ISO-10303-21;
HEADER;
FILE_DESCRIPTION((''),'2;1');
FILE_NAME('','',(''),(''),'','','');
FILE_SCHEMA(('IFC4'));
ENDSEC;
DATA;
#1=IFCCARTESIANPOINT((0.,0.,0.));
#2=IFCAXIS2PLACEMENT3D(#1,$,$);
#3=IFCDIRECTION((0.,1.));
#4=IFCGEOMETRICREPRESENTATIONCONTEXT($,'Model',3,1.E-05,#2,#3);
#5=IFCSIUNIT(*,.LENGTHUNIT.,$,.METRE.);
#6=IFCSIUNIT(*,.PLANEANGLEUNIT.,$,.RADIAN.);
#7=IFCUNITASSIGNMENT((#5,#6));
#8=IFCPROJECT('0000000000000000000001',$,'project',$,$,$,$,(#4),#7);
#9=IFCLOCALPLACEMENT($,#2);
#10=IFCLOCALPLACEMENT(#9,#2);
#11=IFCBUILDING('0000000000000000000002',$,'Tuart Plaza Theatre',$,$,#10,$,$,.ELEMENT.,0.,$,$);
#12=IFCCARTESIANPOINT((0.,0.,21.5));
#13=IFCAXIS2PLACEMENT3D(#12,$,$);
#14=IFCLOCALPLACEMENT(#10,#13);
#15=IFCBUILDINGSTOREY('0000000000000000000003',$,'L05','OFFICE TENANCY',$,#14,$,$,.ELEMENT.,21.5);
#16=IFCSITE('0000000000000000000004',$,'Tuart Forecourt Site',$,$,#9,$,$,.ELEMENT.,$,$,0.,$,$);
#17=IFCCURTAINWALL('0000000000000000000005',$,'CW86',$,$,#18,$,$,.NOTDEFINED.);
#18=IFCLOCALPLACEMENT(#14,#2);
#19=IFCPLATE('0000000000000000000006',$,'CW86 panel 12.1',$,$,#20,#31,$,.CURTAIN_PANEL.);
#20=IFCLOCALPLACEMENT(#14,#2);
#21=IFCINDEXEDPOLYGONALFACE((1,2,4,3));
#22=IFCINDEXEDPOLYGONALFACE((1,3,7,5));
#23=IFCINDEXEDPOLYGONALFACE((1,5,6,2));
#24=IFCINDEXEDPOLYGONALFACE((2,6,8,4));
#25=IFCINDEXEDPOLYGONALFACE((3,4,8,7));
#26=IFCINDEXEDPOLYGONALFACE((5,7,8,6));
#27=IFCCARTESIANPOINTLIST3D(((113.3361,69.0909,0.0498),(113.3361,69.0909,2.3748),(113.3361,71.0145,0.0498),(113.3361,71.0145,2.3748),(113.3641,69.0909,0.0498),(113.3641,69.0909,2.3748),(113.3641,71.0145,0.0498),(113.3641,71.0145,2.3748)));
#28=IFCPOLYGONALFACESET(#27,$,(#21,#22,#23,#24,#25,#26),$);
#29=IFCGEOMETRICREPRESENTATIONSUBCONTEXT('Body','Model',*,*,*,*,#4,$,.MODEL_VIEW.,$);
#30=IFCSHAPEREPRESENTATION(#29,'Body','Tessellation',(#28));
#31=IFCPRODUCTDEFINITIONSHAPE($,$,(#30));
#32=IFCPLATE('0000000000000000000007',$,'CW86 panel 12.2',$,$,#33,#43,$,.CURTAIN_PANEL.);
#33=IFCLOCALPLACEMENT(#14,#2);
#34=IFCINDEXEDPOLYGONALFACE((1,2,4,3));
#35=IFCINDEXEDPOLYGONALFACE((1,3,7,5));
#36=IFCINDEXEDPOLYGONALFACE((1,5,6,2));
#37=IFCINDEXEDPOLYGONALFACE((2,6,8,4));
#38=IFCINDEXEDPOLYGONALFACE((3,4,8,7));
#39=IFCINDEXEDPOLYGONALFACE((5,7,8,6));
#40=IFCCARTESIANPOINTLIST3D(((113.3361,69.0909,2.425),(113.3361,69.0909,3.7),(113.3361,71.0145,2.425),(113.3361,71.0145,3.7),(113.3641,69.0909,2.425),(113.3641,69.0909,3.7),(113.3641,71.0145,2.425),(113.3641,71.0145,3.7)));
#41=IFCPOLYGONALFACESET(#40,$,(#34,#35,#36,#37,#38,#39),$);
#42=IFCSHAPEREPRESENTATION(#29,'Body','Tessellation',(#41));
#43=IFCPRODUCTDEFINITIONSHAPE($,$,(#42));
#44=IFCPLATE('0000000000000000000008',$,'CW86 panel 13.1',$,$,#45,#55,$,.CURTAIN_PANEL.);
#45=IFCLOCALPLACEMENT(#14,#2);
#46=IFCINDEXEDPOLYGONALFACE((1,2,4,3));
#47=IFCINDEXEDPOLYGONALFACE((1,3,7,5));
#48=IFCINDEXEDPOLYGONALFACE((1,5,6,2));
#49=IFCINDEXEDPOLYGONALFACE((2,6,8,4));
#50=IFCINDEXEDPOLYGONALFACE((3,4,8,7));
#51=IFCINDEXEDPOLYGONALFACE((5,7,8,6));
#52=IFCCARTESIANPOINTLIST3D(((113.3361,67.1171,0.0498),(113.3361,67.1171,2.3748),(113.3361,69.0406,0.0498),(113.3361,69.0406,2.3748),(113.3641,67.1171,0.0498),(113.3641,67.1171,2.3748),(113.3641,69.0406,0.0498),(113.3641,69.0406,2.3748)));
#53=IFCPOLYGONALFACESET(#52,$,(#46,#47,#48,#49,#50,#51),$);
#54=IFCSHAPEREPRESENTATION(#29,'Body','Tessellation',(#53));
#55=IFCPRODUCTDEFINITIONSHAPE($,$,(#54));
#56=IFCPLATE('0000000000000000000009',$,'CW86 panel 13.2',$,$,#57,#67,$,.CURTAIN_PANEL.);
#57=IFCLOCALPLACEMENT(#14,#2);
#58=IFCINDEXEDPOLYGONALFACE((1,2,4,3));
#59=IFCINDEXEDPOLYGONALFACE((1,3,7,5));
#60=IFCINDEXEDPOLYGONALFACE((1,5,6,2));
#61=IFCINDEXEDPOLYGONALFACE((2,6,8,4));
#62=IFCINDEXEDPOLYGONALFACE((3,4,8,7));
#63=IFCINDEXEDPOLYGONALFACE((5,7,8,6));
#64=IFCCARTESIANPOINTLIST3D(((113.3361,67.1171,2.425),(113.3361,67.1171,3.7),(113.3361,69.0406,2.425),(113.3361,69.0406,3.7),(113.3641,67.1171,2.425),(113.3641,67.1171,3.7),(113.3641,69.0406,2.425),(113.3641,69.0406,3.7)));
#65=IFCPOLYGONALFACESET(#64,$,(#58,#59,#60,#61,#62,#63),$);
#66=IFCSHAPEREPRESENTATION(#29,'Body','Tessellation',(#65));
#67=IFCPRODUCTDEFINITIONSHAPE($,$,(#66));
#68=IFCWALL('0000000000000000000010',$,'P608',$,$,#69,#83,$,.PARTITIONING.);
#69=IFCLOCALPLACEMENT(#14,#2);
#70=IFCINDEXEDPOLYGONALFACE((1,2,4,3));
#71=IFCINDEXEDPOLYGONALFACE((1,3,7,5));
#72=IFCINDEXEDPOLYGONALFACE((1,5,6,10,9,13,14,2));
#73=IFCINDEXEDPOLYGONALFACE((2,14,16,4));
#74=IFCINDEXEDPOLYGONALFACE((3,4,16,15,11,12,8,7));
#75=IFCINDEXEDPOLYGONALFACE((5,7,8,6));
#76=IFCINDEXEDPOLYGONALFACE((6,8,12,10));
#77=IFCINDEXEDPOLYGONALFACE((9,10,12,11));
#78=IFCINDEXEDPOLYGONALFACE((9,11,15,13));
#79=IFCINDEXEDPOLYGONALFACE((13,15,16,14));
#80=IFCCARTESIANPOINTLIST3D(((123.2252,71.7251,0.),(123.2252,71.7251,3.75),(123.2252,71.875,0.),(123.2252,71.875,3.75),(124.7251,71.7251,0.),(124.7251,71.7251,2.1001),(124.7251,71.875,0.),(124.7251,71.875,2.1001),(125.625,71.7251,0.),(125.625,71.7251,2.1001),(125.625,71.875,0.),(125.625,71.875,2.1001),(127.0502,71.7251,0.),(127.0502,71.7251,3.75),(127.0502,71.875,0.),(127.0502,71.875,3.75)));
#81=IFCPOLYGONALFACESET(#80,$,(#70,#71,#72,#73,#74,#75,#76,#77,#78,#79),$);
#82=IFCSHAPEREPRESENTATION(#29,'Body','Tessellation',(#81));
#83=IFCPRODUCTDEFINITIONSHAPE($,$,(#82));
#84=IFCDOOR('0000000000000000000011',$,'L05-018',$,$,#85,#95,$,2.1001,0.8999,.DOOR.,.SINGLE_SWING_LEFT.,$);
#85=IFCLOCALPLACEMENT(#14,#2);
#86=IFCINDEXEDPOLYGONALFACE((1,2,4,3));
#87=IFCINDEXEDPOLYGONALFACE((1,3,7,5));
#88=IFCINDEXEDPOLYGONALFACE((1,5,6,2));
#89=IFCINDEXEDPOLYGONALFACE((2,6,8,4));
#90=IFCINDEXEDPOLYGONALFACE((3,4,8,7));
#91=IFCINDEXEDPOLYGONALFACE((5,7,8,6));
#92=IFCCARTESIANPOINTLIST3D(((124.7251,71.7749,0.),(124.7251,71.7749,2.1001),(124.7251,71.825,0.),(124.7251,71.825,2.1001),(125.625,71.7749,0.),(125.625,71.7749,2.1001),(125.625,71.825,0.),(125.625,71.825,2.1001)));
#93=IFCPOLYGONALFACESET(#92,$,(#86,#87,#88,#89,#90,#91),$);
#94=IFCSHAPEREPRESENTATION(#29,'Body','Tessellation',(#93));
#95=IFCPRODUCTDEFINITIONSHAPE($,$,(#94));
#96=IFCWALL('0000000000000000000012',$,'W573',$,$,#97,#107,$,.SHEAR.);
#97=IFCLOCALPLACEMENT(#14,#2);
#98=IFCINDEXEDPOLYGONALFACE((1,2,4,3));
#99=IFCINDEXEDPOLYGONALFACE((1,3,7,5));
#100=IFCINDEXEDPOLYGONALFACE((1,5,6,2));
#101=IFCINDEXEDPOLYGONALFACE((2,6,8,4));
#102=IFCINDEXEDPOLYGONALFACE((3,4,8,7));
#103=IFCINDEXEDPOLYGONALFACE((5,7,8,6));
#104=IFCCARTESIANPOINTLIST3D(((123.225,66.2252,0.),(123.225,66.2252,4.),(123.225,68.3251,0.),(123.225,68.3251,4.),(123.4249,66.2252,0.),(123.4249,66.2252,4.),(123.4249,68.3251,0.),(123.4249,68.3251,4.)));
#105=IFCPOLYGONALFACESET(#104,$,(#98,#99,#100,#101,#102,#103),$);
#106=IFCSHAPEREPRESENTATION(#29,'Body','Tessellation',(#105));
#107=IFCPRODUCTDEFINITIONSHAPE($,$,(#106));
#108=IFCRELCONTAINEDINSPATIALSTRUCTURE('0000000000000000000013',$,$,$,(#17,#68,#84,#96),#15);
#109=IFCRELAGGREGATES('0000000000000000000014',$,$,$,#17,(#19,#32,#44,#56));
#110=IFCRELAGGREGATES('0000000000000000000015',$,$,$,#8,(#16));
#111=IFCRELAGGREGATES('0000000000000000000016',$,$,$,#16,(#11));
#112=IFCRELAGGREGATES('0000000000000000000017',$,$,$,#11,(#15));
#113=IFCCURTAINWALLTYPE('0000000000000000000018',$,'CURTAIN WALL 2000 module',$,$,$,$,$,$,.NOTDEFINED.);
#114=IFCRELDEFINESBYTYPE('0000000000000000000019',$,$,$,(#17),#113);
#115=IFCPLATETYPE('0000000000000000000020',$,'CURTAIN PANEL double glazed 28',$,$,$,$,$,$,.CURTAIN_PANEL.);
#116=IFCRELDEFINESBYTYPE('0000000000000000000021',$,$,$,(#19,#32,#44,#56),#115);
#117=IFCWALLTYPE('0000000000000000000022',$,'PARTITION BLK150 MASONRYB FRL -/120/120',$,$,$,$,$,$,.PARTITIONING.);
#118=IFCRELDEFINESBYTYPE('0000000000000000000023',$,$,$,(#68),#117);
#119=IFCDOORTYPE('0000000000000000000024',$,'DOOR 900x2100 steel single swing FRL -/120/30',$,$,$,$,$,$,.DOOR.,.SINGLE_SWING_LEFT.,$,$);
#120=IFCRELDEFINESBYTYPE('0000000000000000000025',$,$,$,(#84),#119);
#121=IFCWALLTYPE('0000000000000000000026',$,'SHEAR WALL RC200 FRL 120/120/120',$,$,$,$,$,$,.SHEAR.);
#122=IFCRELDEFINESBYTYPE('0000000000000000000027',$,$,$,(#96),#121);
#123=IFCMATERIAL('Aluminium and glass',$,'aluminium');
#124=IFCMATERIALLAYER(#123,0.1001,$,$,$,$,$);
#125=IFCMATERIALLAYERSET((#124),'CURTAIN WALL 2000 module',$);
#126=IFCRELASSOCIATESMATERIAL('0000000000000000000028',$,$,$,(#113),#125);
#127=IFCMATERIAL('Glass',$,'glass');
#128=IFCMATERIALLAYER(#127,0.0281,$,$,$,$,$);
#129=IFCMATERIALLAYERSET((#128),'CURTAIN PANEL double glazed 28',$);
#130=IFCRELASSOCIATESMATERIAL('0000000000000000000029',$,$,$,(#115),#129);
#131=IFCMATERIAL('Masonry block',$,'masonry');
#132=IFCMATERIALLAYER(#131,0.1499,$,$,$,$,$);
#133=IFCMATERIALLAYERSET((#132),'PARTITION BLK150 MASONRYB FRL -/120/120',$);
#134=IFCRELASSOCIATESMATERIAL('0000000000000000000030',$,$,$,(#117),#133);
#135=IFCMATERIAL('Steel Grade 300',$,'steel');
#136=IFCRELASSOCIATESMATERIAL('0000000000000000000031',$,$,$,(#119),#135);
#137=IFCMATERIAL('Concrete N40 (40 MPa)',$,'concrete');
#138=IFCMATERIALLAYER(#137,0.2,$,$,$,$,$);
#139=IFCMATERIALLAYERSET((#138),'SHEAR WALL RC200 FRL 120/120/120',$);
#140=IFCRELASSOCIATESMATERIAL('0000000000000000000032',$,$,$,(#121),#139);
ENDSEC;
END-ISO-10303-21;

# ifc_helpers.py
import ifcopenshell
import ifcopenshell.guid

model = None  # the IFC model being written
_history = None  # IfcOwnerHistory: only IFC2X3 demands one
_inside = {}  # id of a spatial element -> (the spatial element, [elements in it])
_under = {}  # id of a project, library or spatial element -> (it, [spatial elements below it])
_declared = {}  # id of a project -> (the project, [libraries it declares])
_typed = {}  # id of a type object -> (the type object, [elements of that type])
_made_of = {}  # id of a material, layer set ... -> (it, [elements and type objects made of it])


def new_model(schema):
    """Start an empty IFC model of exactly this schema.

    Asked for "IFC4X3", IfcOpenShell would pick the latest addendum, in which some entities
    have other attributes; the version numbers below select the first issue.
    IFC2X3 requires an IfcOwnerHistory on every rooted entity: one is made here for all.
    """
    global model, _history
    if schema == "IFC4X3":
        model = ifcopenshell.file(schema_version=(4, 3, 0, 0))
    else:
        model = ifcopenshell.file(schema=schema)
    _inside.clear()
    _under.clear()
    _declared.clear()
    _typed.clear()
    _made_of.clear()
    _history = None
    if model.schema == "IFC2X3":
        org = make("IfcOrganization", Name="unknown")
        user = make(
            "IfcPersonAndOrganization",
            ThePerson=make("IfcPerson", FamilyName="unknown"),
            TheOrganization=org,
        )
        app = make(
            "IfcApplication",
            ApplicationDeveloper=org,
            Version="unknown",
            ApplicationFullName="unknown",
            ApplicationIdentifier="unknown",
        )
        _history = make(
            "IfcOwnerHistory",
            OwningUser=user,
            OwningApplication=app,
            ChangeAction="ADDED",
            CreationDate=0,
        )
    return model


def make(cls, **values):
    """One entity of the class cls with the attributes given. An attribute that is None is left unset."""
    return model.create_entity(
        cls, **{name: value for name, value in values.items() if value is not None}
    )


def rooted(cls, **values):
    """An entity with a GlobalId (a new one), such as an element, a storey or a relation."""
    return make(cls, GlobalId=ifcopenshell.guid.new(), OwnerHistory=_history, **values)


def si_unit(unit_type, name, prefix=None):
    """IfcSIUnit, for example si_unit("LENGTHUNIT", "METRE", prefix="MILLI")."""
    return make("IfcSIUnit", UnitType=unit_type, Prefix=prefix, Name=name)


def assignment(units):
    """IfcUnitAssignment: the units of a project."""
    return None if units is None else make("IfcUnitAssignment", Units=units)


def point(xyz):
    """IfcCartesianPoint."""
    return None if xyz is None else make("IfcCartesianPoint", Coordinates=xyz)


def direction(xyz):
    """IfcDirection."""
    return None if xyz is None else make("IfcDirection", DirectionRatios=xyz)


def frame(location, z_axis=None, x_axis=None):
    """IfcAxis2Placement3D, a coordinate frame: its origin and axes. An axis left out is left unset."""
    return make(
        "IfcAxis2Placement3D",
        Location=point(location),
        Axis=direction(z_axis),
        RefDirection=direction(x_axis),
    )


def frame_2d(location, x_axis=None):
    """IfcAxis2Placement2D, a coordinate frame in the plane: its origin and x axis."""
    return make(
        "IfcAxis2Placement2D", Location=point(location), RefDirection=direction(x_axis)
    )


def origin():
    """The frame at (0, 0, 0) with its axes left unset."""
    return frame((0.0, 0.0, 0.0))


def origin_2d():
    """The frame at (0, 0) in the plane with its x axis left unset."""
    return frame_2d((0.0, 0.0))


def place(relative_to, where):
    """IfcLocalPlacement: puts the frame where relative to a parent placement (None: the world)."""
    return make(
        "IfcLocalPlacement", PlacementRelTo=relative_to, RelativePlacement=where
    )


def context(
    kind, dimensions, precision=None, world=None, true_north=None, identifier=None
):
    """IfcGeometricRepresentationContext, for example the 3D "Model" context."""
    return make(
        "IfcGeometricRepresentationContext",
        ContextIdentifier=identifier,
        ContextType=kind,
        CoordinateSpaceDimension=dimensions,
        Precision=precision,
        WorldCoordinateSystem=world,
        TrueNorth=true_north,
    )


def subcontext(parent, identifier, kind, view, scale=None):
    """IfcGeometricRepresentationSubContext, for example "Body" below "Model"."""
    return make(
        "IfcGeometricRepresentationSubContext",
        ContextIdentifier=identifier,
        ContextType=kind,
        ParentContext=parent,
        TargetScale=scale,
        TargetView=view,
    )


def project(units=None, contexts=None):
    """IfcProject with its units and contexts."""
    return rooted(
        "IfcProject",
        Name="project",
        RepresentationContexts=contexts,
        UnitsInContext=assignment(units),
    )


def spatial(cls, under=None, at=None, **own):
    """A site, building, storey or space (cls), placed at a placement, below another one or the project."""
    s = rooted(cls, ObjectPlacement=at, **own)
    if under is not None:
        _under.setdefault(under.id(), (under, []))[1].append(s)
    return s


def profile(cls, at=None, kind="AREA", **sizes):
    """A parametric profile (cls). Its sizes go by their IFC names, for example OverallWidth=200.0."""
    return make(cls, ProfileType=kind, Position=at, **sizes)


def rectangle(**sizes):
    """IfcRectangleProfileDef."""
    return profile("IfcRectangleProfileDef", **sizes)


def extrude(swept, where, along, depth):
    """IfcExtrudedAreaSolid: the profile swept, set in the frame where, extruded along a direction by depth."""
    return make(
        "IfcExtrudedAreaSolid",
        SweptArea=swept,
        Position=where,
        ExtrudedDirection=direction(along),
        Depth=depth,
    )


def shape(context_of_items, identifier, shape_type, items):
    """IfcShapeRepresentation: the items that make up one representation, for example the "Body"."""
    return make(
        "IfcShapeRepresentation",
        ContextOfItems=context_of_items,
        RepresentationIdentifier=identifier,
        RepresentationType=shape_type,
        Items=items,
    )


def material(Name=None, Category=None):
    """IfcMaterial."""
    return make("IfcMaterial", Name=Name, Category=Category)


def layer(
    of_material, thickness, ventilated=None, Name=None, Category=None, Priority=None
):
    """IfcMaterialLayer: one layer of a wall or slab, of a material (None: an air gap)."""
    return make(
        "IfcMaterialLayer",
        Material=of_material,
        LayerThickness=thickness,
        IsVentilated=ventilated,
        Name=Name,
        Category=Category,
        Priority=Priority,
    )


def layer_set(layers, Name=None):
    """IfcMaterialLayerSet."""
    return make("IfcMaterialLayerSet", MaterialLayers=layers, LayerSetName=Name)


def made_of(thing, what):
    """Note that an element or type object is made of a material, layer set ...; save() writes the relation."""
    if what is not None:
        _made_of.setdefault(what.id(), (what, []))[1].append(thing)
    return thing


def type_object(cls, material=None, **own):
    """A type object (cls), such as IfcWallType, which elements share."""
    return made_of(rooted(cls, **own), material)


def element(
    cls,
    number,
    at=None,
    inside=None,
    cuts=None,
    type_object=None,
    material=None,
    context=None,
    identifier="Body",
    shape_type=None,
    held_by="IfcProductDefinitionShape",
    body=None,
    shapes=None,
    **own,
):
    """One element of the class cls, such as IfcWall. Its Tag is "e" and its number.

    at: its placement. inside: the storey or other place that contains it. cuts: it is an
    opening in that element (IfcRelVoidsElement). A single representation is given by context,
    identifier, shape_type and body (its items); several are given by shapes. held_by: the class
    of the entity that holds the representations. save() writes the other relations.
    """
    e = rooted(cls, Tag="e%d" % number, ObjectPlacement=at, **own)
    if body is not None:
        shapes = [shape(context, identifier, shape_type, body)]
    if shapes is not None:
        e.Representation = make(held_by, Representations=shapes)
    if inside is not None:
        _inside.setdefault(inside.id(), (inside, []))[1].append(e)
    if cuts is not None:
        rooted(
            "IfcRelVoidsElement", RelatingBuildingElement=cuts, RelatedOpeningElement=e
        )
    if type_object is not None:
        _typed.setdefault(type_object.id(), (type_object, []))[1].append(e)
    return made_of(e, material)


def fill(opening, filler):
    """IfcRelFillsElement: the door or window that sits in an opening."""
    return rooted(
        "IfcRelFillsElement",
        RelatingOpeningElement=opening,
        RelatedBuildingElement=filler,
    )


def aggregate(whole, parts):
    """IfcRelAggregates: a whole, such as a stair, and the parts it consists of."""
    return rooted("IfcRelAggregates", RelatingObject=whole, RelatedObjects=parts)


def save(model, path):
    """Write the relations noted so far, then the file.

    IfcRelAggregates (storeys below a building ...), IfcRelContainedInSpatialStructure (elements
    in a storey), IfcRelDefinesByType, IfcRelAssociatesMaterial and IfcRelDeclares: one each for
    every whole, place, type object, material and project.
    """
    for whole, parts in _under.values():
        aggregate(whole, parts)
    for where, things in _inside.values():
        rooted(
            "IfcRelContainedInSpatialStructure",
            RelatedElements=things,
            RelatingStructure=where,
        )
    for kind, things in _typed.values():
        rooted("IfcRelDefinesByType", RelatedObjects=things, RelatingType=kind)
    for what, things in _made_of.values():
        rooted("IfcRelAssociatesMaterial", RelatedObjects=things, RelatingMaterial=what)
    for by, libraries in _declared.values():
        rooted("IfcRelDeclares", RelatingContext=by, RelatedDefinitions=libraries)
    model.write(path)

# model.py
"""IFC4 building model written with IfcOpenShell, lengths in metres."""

from ifc_helpers import new_model, si_unit, direction, frame, frame_2d, origin, origin_2d, place, context, subcontext, project, spatial, rectangle, extrude, material, layer, layer_set, type_object, element, fill, aggregate, save


model = new_model("IFC4")

# Units and contexts
model_context = context("Model", 3, precision=1e-05, world=origin(), true_north=direction((0.0, 1.0)))
body_context = subcontext(model_context, "Body", "Model", "MODEL_VIEW")
ifc_project = project(units=[si_unit("LENGTHUNIT", "METRE"), si_unit("PLANEANGLEUNIT", "RADIAN")], contexts=[model_context])

# Site, building, storey
site_placement = place(None, origin())
site = spatial("IfcSite", under=ifc_project, at=site_placement, Name="Tuart Forecourt Site", CompositionType="ELEMENT", RefElevation=0.0)
building_placement = place(site_placement, origin())
building = spatial("IfcBuilding", under=site, at=building_placement, Name="Tuart Plaza Theatre", CompositionType="ELEMENT", ElevationOfRefHeight=0.0)
storey_placement = place(building_placement, frame((0.0, 0.0, 21.5)))
storey = spatial("IfcBuildingStorey", under=building, at=storey_placement, Name="L05", Description="OFFICE TENANCY", CompositionType="ELEMENT", Elevation=21.5)

# Curtain wall, plates
ifc_material_1 = material(Name="Aluminium and glass", Category="aluminium")
ifc_layer_1 = layer(ifc_material_1, 0.1001)
ifc_layer_set_1 = layer_set([ifc_layer_1], Name="CURTAIN WALL 2000 module")
curtain_wall_type = type_object("IfcCurtainWallType", Name="CURTAIN WALL 2000 module", PredefinedType="NOTDEFINED", material=ifc_layer_set_1)
curtain_wall_placement = place(storey_placement, origin())
curtain_wall = element("IfcCurtainWall", 1, at=curtain_wall_placement, inside=storey, type_object=curtain_wall_type, Name="CW86", PredefinedType="NOTDEFINED")
ifc_material_2 = material(Name="Glass", Category="glass")
ifc_layer_2 = layer(ifc_material_2, 0.0281)
ifc_layer_set_2 = layer_set([ifc_layer_2], Name="CURTAIN PANEL double glazed 28")
plate_type = type_object("IfcPlateType", Name="CURTAIN PANEL double glazed 28", PredefinedType="CURTAIN_PANEL", material=ifc_layer_set_2)
plate_1_placement = place(storey_placement, frame((113.3501, 70.0527, 0.0498), z_axis=(0.0, 0.0, 1.0), x_axis=(0.0, -1.0, 0.0)))
plate_1 = element("IfcPlate", 2, at=plate_1_placement, type_object=plate_type, Name="CW86 panel 12.1", PredefinedType="CURTAIN_PANEL", context=body_context, shape_type="SweptSolid", body=[
    extrude(rectangle(XDim=1.9236, YDim=0.0281, at=origin_2d()), origin(), (0.0, 0.0, 1.0), 2.325),
])
plate_2_placement = place(storey_placement, frame((113.3501, 70.0527, 2.425), z_axis=(0.0, 0.0, 1.0), x_axis=(0.0, -1.0, 0.0)))
plate_2 = element("IfcPlate", 3, at=plate_2_placement, type_object=plate_type, Name="CW86 panel 12.2", PredefinedType="CURTAIN_PANEL", context=body_context, shape_type="SweptSolid", body=[
    extrude(rectangle(XDim=1.9236, YDim=0.0281, at=origin_2d()), origin(), (0.0, 0.0, 1.0), 1.2749),
])
plate_3_placement = place(storey_placement, frame((113.3501, 68.0789, 0.0498), z_axis=(0.0, 0.0, 1.0), x_axis=(0.0, -1.0, 0.0)))
plate_3 = element("IfcPlate", 4, at=plate_3_placement, type_object=plate_type, Name="CW86 panel 13.1", PredefinedType="CURTAIN_PANEL", context=body_context, shape_type="SweptSolid", body=[
    extrude(rectangle(XDim=1.9236, YDim=0.0281, at=origin_2d()), origin(), (0.0, 0.0, 1.0), 2.325),
])
plate_4_placement = place(storey_placement, frame((113.3501, 68.0789, 2.425), z_axis=(0.0, 0.0, 1.0), x_axis=(0.0, -1.0, 0.0)))
plate_4 = element("IfcPlate", 5, at=plate_4_placement, type_object=plate_type, Name="CW86 panel 13.2", PredefinedType="CURTAIN_PANEL", context=body_context, shape_type="SweptSolid", body=[
    extrude(rectangle(XDim=1.9236, YDim=0.0281, at=origin_2d()), origin(), (0.0, 0.0, 1.0), 1.2749),
])
aggregate(curtain_wall, [plate_1, plate_2, plate_3, plate_4])

# Wall, opening, door
ifc_material_3 = material(Name="Masonry block", Category="masonry")
ifc_layer_3 = layer(ifc_material_3, 0.1499)
ifc_layer_set_3 = layer_set([ifc_layer_3], Name="PARTITION BLK150 MASONRYB FRL -/120/120")
wall_type_1 = type_object("IfcWallType", Name="PARTITION BLK150 MASONRYB FRL -/120/120", PredefinedType="PARTITIONING", material=ifc_layer_set_3)
wall_1_placement = place(storey_placement, frame((123.2251, 71.8, 0.0), z_axis=(0.0, 0.0, 1.0), x_axis=(1.0, 0.0, 0.0)))
wall_1 = element("IfcWall", 6, at=wall_1_placement, inside=storey, type_object=wall_type_1, Name="P608", PredefinedType="PARTITIONING", context=body_context, shape_type="SweptSolid", body=[
    extrude(rectangle(XDim=3.825, YDim=0.1499, at=frame_2d((1.9126, 0.0))), origin(), (0.0, 0.0, 1.0), 3.75),
])
opening_placement = place(wall_1_placement, frame((1.5, 0.0, 0.0)))
opening = element("IfcOpeningElement", 7, at=opening_placement, cuts=wall_1, PredefinedType="OPENING", context=body_context, shape_type="SweptSolid", body=[
    extrude(rectangle(XDim=0.8999, YDim=2.1001, at=frame_2d((0.45, 1.05))), frame((0.0, 0.085, 0.0), z_axis=(0.0, -1.0, 0.0), x_axis=(1.0, 0.0, 0.0)), (0.0, 0.0, 1.0), 0.1699),
])
ifc_material_4 = material(Name="Steel Grade 300", Category="steel")
door_type = type_object("IfcDoorType", Name="DOOR 900x2100 steel single swing FRL -/120/30", OperationType="SINGLE_SWING_LEFT", PredefinedType="DOOR", material=ifc_material_4)
door_placement = place(opening_placement, origin())
door = element("IfcDoor", 8, at=door_placement, inside=storey, type_object=door_type, Name="L05-018", OperationType="SINGLE_SWING_LEFT", OverallHeight=2.1001, OverallWidth=0.8999, PredefinedType="DOOR", context=body_context, shape_type="SweptSolid", body=[
    extrude(rectangle(XDim=0.8999, YDim=2.1001, at=frame_2d((0.45, 1.05))), frame((0.0, 0.0249, 0.0), z_axis=(0.0, -1.0, 0.0), x_axis=(1.0, 0.0, 0.0)), (0.0, 0.0, 1.0), 0.05),
])
fill(opening, door)

# Wall
ifc_material_5 = material(Name="Concrete N40 (40 MPa)", Category="concrete")
ifc_layer_4 = layer(ifc_material_5, 0.2)
ifc_layer_set_4 = layer_set([ifc_layer_4], Name="SHEAR WALL RC200 FRL 120/120/120")
wall_type_2 = type_object("IfcWallType", Name="SHEAR WALL RC200 FRL 120/120/120", PredefinedType="SHEAR", material=ifc_layer_set_4)
wall_2_placement = place(storey_placement, frame((123.325, 68.325, 0.0), z_axis=(0.0, 0.0, 1.0), x_axis=(0.0, -1.0, 0.0)))
element("IfcWall", 9, at=wall_2_placement, inside=storey, type_object=wall_type_2, Name="W573", PredefinedType="SHEAR", context=body_context, shape_type="SweptSolid", body=[
    extrude(rectangle(XDim=2.0999, YDim=0.2, at=frame_2d((1.0498, 0.0))), origin(), (0.0, 0.0, 1.0), 4.0),
])

save(model, "model.ifc")
